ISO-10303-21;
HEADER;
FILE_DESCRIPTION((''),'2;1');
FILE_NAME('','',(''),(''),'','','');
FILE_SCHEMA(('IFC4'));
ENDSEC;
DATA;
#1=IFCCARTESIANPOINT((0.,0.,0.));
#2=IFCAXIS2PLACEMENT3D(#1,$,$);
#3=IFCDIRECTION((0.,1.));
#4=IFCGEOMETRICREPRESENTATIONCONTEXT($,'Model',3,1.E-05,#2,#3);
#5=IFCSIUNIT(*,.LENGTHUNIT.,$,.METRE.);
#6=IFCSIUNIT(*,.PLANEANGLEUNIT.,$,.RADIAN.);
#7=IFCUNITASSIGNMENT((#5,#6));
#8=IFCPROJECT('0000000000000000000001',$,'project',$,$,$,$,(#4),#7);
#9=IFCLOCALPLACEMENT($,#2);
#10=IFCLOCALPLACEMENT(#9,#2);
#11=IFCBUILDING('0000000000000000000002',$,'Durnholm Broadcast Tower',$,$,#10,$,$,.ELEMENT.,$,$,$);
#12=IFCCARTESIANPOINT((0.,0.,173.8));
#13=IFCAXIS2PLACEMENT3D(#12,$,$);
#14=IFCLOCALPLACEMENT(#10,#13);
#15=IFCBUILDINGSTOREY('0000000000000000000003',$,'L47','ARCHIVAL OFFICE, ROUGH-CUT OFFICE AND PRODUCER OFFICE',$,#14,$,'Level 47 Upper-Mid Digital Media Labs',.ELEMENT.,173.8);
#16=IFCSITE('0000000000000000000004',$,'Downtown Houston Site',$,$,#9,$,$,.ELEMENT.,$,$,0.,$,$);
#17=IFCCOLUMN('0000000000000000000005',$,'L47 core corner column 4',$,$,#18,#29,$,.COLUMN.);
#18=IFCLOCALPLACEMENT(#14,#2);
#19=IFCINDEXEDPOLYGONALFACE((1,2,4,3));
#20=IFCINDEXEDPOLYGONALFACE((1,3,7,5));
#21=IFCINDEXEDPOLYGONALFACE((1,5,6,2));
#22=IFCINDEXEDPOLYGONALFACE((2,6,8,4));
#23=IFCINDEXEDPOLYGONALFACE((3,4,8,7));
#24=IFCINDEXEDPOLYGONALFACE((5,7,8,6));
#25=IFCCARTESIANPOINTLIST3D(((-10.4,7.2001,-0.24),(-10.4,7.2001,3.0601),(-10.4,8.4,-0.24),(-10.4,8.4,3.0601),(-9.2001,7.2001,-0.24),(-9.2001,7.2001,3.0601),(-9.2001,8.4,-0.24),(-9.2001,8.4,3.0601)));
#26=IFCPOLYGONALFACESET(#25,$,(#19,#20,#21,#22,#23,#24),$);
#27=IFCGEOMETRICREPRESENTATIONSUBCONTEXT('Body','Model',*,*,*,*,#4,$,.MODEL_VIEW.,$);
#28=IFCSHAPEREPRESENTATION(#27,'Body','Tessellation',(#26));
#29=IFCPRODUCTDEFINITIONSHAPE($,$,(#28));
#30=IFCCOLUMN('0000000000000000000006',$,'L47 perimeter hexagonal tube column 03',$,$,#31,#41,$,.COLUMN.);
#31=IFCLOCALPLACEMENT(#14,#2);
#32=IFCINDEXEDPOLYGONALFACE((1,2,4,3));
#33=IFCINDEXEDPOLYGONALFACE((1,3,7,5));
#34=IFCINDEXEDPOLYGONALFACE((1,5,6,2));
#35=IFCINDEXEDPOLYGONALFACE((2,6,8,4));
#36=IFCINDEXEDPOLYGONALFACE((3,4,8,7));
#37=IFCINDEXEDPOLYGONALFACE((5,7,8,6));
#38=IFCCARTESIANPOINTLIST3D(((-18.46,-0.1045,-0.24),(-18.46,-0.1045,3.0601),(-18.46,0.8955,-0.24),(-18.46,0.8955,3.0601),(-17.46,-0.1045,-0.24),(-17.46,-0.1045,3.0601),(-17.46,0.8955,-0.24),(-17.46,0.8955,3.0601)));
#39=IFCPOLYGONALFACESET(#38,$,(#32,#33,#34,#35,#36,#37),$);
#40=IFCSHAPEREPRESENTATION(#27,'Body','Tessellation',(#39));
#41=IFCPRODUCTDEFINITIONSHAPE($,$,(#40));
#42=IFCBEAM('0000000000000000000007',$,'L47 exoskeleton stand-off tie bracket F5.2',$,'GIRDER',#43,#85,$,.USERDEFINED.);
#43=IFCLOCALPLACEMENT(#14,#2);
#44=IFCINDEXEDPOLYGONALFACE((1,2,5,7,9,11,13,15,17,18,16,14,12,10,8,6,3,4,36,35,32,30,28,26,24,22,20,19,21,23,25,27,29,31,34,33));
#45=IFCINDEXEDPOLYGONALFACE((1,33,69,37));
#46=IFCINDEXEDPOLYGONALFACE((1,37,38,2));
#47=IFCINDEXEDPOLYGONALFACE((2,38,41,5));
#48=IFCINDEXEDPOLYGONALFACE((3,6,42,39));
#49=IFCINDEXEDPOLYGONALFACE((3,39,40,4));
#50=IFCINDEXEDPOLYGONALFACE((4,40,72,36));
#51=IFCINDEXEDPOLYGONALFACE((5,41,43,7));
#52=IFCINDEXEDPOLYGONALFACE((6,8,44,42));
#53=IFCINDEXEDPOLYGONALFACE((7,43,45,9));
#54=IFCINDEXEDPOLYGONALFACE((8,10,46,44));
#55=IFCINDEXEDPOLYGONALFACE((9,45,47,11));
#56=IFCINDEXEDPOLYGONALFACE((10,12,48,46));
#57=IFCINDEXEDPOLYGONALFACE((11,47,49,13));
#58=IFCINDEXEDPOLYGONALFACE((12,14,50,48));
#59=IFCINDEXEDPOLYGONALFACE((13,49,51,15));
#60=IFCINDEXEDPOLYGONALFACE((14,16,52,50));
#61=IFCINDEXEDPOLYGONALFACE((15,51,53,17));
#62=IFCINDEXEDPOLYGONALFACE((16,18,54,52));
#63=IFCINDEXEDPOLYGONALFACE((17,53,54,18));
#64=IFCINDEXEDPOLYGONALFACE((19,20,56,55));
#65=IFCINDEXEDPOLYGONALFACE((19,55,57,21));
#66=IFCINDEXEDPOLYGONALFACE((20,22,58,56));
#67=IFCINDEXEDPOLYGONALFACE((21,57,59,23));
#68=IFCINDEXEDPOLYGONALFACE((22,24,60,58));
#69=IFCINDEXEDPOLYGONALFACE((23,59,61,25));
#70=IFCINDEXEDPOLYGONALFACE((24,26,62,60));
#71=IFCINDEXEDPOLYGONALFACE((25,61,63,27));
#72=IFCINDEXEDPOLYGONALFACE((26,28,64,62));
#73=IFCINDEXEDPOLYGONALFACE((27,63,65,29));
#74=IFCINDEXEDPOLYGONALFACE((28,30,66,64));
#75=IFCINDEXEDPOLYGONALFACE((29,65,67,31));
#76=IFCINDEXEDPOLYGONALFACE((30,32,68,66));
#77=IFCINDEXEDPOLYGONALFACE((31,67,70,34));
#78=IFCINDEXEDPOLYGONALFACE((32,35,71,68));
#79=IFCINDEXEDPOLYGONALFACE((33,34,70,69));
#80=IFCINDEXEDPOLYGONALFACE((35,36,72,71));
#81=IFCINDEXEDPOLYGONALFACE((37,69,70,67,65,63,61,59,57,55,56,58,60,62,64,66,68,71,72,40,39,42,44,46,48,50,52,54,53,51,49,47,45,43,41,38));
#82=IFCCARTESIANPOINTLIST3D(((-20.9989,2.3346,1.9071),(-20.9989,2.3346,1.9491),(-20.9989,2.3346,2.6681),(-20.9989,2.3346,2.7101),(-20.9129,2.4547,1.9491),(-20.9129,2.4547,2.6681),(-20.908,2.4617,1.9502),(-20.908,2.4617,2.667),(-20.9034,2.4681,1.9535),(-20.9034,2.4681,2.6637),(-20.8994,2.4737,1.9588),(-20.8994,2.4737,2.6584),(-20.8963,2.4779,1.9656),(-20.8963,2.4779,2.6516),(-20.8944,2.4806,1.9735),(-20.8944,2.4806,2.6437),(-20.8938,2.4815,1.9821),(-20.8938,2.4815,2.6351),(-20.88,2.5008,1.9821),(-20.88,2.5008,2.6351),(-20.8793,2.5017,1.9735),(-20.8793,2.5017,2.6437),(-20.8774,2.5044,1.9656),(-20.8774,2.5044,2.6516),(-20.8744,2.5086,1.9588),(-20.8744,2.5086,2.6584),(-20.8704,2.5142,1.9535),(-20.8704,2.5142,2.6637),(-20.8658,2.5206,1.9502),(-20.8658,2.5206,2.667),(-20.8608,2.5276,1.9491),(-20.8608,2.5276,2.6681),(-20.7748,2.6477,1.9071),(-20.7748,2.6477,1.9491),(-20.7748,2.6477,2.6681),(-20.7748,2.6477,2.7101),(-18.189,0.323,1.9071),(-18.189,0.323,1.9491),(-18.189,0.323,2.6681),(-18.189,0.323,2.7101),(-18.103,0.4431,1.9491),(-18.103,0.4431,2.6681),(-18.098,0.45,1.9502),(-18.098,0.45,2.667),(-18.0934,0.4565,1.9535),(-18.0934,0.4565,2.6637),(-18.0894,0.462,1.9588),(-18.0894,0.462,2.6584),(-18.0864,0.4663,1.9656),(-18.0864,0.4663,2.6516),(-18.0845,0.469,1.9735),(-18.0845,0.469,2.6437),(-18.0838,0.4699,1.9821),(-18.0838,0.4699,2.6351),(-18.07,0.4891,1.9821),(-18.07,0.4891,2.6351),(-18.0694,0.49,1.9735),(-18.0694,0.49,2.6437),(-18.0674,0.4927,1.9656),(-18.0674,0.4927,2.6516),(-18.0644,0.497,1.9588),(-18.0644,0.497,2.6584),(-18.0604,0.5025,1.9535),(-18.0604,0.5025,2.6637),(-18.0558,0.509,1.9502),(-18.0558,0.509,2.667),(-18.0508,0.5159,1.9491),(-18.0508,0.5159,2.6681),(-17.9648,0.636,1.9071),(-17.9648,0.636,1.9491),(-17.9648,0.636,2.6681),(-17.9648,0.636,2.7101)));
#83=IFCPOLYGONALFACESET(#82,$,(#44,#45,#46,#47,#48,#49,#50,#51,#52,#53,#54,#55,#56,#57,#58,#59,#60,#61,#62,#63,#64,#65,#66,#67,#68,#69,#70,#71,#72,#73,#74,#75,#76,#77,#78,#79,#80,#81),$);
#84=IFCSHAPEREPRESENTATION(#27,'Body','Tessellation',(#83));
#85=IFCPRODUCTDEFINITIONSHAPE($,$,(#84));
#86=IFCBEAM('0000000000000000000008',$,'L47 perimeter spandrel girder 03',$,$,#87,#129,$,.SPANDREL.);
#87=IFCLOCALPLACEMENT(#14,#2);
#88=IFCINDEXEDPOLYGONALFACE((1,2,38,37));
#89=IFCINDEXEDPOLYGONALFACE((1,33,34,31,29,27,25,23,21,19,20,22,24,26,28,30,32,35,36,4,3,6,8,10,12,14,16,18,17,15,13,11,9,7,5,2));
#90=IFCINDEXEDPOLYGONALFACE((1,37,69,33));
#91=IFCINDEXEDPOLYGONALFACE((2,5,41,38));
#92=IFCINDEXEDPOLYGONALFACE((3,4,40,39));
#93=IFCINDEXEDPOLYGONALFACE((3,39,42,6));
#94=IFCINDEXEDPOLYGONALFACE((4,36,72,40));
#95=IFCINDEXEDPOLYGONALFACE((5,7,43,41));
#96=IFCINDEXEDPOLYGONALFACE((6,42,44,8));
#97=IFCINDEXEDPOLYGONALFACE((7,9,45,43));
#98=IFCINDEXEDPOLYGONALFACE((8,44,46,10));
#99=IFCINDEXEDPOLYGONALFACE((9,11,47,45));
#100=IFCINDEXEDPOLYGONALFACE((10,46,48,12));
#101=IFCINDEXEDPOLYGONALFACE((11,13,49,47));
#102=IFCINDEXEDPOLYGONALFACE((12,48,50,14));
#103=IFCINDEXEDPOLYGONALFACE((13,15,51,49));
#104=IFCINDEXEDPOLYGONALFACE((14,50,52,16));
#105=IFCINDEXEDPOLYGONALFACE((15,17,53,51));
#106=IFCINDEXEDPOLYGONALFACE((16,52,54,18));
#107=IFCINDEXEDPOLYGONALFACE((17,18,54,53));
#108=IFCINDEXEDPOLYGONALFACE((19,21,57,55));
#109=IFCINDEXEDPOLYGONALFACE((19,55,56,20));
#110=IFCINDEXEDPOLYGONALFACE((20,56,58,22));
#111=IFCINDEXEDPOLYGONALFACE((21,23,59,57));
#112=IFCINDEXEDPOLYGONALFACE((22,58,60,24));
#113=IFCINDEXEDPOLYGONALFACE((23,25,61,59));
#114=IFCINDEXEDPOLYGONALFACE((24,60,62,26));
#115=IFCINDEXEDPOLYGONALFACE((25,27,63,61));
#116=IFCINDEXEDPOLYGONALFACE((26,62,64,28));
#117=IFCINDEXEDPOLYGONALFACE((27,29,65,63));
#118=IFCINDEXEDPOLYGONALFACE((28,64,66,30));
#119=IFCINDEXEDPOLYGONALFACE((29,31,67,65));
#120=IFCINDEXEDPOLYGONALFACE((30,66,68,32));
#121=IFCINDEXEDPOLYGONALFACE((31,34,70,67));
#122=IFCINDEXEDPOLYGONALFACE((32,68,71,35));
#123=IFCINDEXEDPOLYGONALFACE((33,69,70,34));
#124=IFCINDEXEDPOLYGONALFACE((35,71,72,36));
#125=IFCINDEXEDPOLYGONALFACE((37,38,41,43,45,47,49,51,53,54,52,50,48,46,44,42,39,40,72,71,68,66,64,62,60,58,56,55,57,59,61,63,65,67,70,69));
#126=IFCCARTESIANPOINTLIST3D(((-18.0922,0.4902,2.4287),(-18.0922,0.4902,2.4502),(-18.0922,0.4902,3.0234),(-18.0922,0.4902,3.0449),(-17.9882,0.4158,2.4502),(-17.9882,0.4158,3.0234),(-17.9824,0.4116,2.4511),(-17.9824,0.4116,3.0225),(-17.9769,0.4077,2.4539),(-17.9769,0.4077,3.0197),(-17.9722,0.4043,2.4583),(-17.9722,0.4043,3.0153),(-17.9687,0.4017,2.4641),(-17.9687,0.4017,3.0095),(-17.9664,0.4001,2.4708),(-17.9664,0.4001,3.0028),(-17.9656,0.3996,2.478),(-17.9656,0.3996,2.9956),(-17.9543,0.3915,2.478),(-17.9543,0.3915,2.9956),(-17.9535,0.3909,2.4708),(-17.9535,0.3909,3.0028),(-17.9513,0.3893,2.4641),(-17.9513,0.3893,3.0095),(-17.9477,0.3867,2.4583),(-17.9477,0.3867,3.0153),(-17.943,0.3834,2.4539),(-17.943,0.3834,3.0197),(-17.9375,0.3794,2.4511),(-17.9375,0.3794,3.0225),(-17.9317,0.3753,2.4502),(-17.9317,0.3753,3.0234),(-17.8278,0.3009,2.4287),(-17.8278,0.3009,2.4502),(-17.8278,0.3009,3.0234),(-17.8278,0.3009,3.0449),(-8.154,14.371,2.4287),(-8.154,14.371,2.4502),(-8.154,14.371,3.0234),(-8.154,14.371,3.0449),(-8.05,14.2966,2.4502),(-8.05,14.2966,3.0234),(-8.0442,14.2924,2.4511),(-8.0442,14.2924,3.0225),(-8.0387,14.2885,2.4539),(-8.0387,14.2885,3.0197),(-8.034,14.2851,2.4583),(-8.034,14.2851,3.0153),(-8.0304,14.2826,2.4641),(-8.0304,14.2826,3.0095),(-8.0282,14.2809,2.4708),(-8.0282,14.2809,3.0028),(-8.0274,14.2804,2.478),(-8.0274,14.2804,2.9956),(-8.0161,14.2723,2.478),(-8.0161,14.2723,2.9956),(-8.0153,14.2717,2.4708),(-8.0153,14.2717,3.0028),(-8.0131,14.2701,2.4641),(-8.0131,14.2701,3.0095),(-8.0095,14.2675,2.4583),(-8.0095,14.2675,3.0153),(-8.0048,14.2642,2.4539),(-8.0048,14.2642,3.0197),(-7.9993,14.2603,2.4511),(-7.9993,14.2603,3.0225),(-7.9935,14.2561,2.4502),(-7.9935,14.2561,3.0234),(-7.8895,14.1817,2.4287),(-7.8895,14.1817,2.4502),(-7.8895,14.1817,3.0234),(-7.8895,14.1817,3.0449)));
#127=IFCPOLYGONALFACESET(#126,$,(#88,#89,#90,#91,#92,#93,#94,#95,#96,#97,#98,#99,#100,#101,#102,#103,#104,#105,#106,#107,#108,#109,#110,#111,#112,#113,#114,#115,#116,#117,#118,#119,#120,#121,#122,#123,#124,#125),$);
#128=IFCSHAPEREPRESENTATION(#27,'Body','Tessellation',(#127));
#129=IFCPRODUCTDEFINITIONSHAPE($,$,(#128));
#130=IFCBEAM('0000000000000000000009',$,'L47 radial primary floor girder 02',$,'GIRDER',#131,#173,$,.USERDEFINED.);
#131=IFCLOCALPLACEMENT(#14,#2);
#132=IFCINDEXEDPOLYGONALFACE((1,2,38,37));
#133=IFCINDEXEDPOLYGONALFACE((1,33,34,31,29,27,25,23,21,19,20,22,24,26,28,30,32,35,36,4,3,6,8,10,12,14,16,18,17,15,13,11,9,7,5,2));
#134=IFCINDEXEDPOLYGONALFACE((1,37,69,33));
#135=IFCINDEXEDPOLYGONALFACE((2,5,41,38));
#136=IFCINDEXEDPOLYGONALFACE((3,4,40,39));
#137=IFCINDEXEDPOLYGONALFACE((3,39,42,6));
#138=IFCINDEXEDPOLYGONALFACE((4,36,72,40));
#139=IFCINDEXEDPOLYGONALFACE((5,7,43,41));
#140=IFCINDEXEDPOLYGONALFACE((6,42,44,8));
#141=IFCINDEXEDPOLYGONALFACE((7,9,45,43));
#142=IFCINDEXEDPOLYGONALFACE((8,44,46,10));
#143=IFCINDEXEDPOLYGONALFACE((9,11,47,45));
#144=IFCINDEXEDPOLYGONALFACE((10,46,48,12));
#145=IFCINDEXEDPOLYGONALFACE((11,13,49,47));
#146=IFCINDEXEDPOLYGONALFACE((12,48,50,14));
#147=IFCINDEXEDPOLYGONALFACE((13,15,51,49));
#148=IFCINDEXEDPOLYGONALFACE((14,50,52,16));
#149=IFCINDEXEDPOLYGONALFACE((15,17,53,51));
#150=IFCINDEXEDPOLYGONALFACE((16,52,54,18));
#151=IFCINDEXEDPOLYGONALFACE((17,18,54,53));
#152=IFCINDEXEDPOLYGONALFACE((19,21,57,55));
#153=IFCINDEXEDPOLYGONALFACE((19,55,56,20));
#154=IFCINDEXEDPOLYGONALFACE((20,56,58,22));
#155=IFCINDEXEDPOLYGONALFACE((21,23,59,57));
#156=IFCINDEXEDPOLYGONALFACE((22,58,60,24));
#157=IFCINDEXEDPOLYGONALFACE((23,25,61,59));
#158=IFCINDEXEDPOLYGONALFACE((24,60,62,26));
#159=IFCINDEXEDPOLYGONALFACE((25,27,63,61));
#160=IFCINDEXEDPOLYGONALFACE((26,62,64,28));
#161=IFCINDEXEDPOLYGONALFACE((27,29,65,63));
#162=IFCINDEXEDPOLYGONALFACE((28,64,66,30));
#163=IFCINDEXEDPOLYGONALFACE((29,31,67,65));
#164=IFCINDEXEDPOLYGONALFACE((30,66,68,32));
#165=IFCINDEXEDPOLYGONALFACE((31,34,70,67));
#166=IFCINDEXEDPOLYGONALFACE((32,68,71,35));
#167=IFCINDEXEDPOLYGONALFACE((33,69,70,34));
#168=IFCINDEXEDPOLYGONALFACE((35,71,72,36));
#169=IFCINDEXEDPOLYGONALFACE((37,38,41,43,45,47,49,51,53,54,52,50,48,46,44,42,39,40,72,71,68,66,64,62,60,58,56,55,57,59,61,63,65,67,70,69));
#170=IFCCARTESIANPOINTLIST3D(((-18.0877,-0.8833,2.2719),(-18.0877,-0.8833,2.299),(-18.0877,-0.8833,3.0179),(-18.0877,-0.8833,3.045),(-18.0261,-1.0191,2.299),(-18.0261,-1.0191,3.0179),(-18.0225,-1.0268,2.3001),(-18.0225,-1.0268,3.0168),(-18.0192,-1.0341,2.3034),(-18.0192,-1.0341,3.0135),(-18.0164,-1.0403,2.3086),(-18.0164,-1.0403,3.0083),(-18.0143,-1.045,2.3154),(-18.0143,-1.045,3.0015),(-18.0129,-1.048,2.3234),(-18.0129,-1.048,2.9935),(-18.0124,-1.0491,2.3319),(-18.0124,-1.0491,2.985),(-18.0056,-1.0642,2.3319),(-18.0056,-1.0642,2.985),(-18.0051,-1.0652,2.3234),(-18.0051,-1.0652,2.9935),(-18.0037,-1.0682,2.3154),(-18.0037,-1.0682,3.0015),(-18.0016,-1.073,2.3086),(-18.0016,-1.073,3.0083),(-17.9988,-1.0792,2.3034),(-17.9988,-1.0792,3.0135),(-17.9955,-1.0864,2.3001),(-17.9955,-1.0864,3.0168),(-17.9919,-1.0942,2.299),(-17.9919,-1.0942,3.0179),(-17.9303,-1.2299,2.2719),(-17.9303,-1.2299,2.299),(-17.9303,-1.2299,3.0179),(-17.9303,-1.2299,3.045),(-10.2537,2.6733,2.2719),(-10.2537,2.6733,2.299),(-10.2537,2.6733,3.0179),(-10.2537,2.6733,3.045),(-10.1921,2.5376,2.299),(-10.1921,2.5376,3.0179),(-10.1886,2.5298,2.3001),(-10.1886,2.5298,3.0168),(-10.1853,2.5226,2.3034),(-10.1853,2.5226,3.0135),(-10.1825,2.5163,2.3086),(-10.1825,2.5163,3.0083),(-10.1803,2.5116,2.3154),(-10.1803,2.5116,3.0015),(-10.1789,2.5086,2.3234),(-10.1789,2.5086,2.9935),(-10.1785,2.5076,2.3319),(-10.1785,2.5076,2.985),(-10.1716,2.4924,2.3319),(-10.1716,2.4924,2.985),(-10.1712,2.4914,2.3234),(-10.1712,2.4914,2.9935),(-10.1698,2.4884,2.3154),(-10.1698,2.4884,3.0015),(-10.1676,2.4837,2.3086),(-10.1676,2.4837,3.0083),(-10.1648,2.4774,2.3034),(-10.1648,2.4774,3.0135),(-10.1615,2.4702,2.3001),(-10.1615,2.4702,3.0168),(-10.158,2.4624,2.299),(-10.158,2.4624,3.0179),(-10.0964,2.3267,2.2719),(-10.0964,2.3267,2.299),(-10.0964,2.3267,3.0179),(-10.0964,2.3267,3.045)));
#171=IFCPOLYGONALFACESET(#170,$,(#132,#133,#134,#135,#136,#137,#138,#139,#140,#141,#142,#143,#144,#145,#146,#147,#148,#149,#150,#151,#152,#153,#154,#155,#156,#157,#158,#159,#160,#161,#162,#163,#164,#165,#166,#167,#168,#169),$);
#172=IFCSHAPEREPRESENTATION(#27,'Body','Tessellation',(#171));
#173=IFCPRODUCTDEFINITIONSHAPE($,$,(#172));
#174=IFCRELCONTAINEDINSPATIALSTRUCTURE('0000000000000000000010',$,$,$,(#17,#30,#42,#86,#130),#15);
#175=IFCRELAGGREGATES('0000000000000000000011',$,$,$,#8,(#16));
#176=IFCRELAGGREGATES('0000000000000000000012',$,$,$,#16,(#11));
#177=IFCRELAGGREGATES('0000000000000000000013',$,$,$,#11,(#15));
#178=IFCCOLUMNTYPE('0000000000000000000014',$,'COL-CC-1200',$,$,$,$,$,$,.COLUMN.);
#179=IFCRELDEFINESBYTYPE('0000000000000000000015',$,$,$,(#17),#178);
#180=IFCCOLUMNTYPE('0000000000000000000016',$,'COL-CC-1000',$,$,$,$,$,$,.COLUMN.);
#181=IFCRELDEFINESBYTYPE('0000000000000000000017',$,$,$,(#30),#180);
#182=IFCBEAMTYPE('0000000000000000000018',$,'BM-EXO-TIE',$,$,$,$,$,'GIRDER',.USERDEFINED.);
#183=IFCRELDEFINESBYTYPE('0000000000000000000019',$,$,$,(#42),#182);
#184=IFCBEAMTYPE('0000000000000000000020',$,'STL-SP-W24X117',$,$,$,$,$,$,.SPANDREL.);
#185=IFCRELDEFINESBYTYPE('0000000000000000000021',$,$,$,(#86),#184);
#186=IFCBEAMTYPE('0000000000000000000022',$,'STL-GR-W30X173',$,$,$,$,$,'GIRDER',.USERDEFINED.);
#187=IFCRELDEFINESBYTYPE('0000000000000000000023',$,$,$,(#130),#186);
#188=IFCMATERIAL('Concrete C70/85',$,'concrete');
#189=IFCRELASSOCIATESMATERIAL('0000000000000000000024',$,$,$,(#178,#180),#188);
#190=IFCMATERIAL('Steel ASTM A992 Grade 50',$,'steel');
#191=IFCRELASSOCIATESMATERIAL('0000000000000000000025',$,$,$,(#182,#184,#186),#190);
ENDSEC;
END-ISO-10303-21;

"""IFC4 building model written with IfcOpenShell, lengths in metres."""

from ifc_helpers import new_model, si_unit, direction, frame, origin, origin_2d, place, context, subcontext, project, spatial, rectangle, i_section, extrude, source, transform, mapped, material, material_profile, profile_set, type_object, type_shapes, element, save


model = new_model("IFC4")

# Units and contexts
model_context = context("Model", 3, precision=1e-05, world=origin(), true_north=direction((0.0, 1.0)))
body_context = subcontext(model_context, "Body", "Model", "MODEL_VIEW")
ifc_project = project(units=[si_unit("LENGTHUNIT", "METRE"), si_unit("PLANEANGLEUNIT", "RADIAN")], contexts=[model_context])

# Site, building, storey
site_placement = place(None, origin())
site = spatial("IfcSite", under=ifc_project, at=site_placement, Name="Downtown Houston Site", CompositionType="ELEMENT", RefElevation=0.0)
building_placement = place(site_placement, origin())
building = spatial("IfcBuilding", under=site, at=building_placement, Name="Durnholm Broadcast Tower", CompositionType="ELEMENT")
storey_placement = place(building_placement, frame((0.0, 0.0, 173.8)))
storey = spatial("IfcBuildingStorey", under=building, at=storey_placement, Name="L47", Description="ARCHIVAL OFFICE, ROUGH-CUT OFFICE AND PRODUCER OFFICE", LongName="Level 47 Upper-Mid Digital Media Labs", CompositionType="ELEMENT", Elevation=173.8)

# Columns
ifc_material_1 = material(Name="Concrete C70/85", Category="concrete")
ifc_material_profile_1 = material_profile(ifc_material_1, rectangle(XDim=1.2, YDim=1.2, at=origin_2d()), Name="RC1200X1200")
ifc_profile_set_1 = profile_set([ifc_material_profile_1], Name="Concrete C70/85")
column_type_1 = type_object("IfcColumnType", Name="COL-CC-1200", PredefinedType="COLUMN", material=ifc_profile_set_1)
shared_shape_1 = source(origin(), body_context, "Body", "SweptSolid", [
    extrude(rectangle(XDim=1.2, YDim=1.2, at=origin_2d()), origin(), (0.0, 0.0, 1.0), 3.3),
])
type_shapes(column_type_1, [shared_shape_1])
column_1_placement = place(storey_placement, frame((-9.8, 7.8, -0.24), z_axis=(0.0, 0.0, 1.0), x_axis=(1.0, 0.0, 0.0)))
element("IfcColumn", 1, at=column_1_placement, inside=storey, type_object=column_type_1, Name="L47 core corner column 4", PredefinedType="COLUMN", context=body_context, shape_type="MappedRepresentation", body=[
    mapped(shared_shape_1, transform((0.0, 0.0, 0.0), x_axis=(1.0, 0.0, 0.0), y_axis=(0.0, 1.0, 0.0), z_axis=(0.0, 0.0, 1.0), scale=1.0)),
])
ifc_material_profile_2 = material_profile(ifc_material_1, rectangle(XDim=1.0, YDim=1.0, at=origin_2d()), Name="RC1000X1000")
ifc_profile_set_2 = profile_set([ifc_material_profile_2], Name="Concrete C70/85")
column_type_2 = type_object("IfcColumnType", Name="COL-CC-1000", PredefinedType="COLUMN", material=ifc_profile_set_2)
shared_shape_2 = source(origin(), body_context, "Body", "SweptSolid", [
    extrude(rectangle(XDim=1.0, YDim=1.0, at=origin_2d()), origin(), (0.0, 0.0, 1.0), 3.3),
])
type_shapes(column_type_2, [shared_shape_2])
column_2_placement = place(storey_placement, frame((-17.96, 0.3955, -0.24), z_axis=(0.0, 0.0, 1.0), x_axis=(1.0, 0.0, 0.0)))
element("IfcColumn", 2, at=column_2_placement, inside=storey, type_object=column_type_2, Name="L47 perimeter hexagonal tube column 03", PredefinedType="COLUMN", context=body_context, shape_type="MappedRepresentation", body=[
    mapped(shared_shape_2, transform((0.0, 0.0, 0.0), x_axis=(1.0, 0.0, 0.0), y_axis=(0.0, 1.0, 0.0), z_axis=(0.0, 0.0, 1.0), scale=1.0)),
])

# Beams
ifc_material_2 = material(Name="Steel ASTM A992 Grade 50", Category="steel")
ifc_material_profile_3 = material_profile(ifc_material_2, i_section(OverallWidth=0.385, OverallDepth=0.803, WebThickness=0.0237, FlangeThickness=0.042, FilletRadius=0.033, at=origin_2d()), Name="W30X261")
ifc_profile_set_3 = profile_set([ifc_material_profile_3], Name="Steel ASTM A992 Grade 50")
beam_type_1 = type_object("IfcBeamType", Name="BM-EXO-TIE", ElementType="GIRDER", PredefinedType="USERDEFINED", material=ifc_profile_set_3)
shared_shape_3 = source(origin(), body_context, "Body", "SweptSolid", [
    extrude(i_section(OverallWidth=0.385, OverallDepth=0.803, WebThickness=0.0237, FlangeThickness=0.042, FilletRadius=0.033, at=origin_2d()), origin(), (0.0, 0.0, 1.0), 3.4558),
])
type_shapes(beam_type_1, [shared_shape_3])
beam_1_placement = place(storey_placement, frame((-18.0769, 0.4795, 2.3086), z_axis=(-0.813112, 0.582107, 0.0), x_axis=(-0.582107, -0.813112, 0.0)))
element("IfcBeam", 3, at=beam_1_placement, inside=storey, type_object=beam_type_1, Name="L47 exoskeleton stand-off tie bracket F5.2", ObjectType="GIRDER", PredefinedType="USERDEFINED", context=body_context, shape_type="MappedRepresentation", body=[
    mapped(shared_shape_3, transform((0.0, 0.0, 0.0), x_axis=(1.0, 0.0, 0.0), y_axis=(0.0, 1.0, 0.0), z_axis=(0.0, 0.0, 1.0), scale=1.0)),
])
ifc_material_profile_4 = material_profile(ifc_material_2, i_section(OverallWidth=0.3252, OverallDepth=0.6162, WebThickness=0.0139, FlangeThickness=0.0215, FilletRadius=0.0278, at=origin_2d()), Name="W24X117")
ifc_profile_set_4 = profile_set([ifc_material_profile_4], Name="Steel ASTM A992 Grade 50")
beam_type_2 = type_object("IfcBeamType", Name="STL-SP-W24X117", PredefinedType="SPANDREL", material=ifc_profile_set_4)
shared_shape_4 = source(origin(), body_context, "Body", "SweptSolid", [
    extrude(i_section(OverallWidth=0.3252, OverallDepth=0.6162, WebThickness=0.0139, FlangeThickness=0.0215, FilletRadius=0.0278, at=origin_2d()), origin(), (0.0, 0.0, 1.0), 17.0718),
])
type_shapes(beam_type_2, [shared_shape_4])
beam_2_placement = place(storey_placement, frame((-17.96, 0.3955, 2.7368), z_axis=(0.582143, 0.813087, 0.0), x_axis=(-0.813087, 0.582143, 0.0)))
element("IfcBeam", 4, at=beam_2_placement, inside=storey, type_object=beam_type_2, Name="L47 perimeter spandrel girder 03", PredefinedType="SPANDREL", context=body_context, shape_type="MappedRepresentation", body=[
    mapped(shared_shape_4, transform((0.0, 0.0, 0.0), x_axis=(1.0, 0.0, 0.0), y_axis=(0.0, 1.0, 0.0), z_axis=(0.0, 0.0, 1.0), scale=1.0)),
])
ifc_material_profile_5 = material_profile(ifc_material_2, i_section(OverallWidth=0.3806, OverallDepth=0.7732, WebThickness=0.0166, FlangeThickness=0.0271, FilletRadius=0.033, at=origin_2d()), Name="W30X173")
ifc_profile_set_5 = profile_set([ifc_material_profile_5], Name="Steel ASTM A992 Grade 50")
beam_type_3 = type_object("IfcBeamType", Name="STL-GR-W30X173", ElementType="GIRDER", PredefinedType="USERDEFINED", material=ifc_profile_set_5)
shared_shape_5 = source(origin(), body_context, "Body", "SweptSolid", [
    extrude(i_section(OverallWidth=0.3806, OverallDepth=0.7732, WebThickness=0.0166, FlangeThickness=0.0271, FilletRadius=0.033, at=origin_2d()), origin(), (0.0, 0.0, 1.0), 8.6035),
])
beam_3_placement = place(storey_placement, frame((-10.175, 2.5, 2.6584), z_axis=(-0.910553, -0.413392, 0.0), x_axis=(0.413392, -0.910553, 0.0)))
element("IfcBeam", 5, at=beam_3_placement, inside=storey, type_object=beam_type_3, Name="L47 radial primary floor girder 02", ObjectType="GIRDER", PredefinedType="USERDEFINED", context=body_context, shape_type="MappedRepresentation", body=[
    mapped(shared_shape_5, transform((0.0, 0.0, 0.0), x_axis=(1.0, 0.0, 0.0), y_axis=(0.0, 1.0, 0.0), z_axis=(0.0, 0.0, 1.0), scale=1.0)),
])

save(model, "model.ifc")
